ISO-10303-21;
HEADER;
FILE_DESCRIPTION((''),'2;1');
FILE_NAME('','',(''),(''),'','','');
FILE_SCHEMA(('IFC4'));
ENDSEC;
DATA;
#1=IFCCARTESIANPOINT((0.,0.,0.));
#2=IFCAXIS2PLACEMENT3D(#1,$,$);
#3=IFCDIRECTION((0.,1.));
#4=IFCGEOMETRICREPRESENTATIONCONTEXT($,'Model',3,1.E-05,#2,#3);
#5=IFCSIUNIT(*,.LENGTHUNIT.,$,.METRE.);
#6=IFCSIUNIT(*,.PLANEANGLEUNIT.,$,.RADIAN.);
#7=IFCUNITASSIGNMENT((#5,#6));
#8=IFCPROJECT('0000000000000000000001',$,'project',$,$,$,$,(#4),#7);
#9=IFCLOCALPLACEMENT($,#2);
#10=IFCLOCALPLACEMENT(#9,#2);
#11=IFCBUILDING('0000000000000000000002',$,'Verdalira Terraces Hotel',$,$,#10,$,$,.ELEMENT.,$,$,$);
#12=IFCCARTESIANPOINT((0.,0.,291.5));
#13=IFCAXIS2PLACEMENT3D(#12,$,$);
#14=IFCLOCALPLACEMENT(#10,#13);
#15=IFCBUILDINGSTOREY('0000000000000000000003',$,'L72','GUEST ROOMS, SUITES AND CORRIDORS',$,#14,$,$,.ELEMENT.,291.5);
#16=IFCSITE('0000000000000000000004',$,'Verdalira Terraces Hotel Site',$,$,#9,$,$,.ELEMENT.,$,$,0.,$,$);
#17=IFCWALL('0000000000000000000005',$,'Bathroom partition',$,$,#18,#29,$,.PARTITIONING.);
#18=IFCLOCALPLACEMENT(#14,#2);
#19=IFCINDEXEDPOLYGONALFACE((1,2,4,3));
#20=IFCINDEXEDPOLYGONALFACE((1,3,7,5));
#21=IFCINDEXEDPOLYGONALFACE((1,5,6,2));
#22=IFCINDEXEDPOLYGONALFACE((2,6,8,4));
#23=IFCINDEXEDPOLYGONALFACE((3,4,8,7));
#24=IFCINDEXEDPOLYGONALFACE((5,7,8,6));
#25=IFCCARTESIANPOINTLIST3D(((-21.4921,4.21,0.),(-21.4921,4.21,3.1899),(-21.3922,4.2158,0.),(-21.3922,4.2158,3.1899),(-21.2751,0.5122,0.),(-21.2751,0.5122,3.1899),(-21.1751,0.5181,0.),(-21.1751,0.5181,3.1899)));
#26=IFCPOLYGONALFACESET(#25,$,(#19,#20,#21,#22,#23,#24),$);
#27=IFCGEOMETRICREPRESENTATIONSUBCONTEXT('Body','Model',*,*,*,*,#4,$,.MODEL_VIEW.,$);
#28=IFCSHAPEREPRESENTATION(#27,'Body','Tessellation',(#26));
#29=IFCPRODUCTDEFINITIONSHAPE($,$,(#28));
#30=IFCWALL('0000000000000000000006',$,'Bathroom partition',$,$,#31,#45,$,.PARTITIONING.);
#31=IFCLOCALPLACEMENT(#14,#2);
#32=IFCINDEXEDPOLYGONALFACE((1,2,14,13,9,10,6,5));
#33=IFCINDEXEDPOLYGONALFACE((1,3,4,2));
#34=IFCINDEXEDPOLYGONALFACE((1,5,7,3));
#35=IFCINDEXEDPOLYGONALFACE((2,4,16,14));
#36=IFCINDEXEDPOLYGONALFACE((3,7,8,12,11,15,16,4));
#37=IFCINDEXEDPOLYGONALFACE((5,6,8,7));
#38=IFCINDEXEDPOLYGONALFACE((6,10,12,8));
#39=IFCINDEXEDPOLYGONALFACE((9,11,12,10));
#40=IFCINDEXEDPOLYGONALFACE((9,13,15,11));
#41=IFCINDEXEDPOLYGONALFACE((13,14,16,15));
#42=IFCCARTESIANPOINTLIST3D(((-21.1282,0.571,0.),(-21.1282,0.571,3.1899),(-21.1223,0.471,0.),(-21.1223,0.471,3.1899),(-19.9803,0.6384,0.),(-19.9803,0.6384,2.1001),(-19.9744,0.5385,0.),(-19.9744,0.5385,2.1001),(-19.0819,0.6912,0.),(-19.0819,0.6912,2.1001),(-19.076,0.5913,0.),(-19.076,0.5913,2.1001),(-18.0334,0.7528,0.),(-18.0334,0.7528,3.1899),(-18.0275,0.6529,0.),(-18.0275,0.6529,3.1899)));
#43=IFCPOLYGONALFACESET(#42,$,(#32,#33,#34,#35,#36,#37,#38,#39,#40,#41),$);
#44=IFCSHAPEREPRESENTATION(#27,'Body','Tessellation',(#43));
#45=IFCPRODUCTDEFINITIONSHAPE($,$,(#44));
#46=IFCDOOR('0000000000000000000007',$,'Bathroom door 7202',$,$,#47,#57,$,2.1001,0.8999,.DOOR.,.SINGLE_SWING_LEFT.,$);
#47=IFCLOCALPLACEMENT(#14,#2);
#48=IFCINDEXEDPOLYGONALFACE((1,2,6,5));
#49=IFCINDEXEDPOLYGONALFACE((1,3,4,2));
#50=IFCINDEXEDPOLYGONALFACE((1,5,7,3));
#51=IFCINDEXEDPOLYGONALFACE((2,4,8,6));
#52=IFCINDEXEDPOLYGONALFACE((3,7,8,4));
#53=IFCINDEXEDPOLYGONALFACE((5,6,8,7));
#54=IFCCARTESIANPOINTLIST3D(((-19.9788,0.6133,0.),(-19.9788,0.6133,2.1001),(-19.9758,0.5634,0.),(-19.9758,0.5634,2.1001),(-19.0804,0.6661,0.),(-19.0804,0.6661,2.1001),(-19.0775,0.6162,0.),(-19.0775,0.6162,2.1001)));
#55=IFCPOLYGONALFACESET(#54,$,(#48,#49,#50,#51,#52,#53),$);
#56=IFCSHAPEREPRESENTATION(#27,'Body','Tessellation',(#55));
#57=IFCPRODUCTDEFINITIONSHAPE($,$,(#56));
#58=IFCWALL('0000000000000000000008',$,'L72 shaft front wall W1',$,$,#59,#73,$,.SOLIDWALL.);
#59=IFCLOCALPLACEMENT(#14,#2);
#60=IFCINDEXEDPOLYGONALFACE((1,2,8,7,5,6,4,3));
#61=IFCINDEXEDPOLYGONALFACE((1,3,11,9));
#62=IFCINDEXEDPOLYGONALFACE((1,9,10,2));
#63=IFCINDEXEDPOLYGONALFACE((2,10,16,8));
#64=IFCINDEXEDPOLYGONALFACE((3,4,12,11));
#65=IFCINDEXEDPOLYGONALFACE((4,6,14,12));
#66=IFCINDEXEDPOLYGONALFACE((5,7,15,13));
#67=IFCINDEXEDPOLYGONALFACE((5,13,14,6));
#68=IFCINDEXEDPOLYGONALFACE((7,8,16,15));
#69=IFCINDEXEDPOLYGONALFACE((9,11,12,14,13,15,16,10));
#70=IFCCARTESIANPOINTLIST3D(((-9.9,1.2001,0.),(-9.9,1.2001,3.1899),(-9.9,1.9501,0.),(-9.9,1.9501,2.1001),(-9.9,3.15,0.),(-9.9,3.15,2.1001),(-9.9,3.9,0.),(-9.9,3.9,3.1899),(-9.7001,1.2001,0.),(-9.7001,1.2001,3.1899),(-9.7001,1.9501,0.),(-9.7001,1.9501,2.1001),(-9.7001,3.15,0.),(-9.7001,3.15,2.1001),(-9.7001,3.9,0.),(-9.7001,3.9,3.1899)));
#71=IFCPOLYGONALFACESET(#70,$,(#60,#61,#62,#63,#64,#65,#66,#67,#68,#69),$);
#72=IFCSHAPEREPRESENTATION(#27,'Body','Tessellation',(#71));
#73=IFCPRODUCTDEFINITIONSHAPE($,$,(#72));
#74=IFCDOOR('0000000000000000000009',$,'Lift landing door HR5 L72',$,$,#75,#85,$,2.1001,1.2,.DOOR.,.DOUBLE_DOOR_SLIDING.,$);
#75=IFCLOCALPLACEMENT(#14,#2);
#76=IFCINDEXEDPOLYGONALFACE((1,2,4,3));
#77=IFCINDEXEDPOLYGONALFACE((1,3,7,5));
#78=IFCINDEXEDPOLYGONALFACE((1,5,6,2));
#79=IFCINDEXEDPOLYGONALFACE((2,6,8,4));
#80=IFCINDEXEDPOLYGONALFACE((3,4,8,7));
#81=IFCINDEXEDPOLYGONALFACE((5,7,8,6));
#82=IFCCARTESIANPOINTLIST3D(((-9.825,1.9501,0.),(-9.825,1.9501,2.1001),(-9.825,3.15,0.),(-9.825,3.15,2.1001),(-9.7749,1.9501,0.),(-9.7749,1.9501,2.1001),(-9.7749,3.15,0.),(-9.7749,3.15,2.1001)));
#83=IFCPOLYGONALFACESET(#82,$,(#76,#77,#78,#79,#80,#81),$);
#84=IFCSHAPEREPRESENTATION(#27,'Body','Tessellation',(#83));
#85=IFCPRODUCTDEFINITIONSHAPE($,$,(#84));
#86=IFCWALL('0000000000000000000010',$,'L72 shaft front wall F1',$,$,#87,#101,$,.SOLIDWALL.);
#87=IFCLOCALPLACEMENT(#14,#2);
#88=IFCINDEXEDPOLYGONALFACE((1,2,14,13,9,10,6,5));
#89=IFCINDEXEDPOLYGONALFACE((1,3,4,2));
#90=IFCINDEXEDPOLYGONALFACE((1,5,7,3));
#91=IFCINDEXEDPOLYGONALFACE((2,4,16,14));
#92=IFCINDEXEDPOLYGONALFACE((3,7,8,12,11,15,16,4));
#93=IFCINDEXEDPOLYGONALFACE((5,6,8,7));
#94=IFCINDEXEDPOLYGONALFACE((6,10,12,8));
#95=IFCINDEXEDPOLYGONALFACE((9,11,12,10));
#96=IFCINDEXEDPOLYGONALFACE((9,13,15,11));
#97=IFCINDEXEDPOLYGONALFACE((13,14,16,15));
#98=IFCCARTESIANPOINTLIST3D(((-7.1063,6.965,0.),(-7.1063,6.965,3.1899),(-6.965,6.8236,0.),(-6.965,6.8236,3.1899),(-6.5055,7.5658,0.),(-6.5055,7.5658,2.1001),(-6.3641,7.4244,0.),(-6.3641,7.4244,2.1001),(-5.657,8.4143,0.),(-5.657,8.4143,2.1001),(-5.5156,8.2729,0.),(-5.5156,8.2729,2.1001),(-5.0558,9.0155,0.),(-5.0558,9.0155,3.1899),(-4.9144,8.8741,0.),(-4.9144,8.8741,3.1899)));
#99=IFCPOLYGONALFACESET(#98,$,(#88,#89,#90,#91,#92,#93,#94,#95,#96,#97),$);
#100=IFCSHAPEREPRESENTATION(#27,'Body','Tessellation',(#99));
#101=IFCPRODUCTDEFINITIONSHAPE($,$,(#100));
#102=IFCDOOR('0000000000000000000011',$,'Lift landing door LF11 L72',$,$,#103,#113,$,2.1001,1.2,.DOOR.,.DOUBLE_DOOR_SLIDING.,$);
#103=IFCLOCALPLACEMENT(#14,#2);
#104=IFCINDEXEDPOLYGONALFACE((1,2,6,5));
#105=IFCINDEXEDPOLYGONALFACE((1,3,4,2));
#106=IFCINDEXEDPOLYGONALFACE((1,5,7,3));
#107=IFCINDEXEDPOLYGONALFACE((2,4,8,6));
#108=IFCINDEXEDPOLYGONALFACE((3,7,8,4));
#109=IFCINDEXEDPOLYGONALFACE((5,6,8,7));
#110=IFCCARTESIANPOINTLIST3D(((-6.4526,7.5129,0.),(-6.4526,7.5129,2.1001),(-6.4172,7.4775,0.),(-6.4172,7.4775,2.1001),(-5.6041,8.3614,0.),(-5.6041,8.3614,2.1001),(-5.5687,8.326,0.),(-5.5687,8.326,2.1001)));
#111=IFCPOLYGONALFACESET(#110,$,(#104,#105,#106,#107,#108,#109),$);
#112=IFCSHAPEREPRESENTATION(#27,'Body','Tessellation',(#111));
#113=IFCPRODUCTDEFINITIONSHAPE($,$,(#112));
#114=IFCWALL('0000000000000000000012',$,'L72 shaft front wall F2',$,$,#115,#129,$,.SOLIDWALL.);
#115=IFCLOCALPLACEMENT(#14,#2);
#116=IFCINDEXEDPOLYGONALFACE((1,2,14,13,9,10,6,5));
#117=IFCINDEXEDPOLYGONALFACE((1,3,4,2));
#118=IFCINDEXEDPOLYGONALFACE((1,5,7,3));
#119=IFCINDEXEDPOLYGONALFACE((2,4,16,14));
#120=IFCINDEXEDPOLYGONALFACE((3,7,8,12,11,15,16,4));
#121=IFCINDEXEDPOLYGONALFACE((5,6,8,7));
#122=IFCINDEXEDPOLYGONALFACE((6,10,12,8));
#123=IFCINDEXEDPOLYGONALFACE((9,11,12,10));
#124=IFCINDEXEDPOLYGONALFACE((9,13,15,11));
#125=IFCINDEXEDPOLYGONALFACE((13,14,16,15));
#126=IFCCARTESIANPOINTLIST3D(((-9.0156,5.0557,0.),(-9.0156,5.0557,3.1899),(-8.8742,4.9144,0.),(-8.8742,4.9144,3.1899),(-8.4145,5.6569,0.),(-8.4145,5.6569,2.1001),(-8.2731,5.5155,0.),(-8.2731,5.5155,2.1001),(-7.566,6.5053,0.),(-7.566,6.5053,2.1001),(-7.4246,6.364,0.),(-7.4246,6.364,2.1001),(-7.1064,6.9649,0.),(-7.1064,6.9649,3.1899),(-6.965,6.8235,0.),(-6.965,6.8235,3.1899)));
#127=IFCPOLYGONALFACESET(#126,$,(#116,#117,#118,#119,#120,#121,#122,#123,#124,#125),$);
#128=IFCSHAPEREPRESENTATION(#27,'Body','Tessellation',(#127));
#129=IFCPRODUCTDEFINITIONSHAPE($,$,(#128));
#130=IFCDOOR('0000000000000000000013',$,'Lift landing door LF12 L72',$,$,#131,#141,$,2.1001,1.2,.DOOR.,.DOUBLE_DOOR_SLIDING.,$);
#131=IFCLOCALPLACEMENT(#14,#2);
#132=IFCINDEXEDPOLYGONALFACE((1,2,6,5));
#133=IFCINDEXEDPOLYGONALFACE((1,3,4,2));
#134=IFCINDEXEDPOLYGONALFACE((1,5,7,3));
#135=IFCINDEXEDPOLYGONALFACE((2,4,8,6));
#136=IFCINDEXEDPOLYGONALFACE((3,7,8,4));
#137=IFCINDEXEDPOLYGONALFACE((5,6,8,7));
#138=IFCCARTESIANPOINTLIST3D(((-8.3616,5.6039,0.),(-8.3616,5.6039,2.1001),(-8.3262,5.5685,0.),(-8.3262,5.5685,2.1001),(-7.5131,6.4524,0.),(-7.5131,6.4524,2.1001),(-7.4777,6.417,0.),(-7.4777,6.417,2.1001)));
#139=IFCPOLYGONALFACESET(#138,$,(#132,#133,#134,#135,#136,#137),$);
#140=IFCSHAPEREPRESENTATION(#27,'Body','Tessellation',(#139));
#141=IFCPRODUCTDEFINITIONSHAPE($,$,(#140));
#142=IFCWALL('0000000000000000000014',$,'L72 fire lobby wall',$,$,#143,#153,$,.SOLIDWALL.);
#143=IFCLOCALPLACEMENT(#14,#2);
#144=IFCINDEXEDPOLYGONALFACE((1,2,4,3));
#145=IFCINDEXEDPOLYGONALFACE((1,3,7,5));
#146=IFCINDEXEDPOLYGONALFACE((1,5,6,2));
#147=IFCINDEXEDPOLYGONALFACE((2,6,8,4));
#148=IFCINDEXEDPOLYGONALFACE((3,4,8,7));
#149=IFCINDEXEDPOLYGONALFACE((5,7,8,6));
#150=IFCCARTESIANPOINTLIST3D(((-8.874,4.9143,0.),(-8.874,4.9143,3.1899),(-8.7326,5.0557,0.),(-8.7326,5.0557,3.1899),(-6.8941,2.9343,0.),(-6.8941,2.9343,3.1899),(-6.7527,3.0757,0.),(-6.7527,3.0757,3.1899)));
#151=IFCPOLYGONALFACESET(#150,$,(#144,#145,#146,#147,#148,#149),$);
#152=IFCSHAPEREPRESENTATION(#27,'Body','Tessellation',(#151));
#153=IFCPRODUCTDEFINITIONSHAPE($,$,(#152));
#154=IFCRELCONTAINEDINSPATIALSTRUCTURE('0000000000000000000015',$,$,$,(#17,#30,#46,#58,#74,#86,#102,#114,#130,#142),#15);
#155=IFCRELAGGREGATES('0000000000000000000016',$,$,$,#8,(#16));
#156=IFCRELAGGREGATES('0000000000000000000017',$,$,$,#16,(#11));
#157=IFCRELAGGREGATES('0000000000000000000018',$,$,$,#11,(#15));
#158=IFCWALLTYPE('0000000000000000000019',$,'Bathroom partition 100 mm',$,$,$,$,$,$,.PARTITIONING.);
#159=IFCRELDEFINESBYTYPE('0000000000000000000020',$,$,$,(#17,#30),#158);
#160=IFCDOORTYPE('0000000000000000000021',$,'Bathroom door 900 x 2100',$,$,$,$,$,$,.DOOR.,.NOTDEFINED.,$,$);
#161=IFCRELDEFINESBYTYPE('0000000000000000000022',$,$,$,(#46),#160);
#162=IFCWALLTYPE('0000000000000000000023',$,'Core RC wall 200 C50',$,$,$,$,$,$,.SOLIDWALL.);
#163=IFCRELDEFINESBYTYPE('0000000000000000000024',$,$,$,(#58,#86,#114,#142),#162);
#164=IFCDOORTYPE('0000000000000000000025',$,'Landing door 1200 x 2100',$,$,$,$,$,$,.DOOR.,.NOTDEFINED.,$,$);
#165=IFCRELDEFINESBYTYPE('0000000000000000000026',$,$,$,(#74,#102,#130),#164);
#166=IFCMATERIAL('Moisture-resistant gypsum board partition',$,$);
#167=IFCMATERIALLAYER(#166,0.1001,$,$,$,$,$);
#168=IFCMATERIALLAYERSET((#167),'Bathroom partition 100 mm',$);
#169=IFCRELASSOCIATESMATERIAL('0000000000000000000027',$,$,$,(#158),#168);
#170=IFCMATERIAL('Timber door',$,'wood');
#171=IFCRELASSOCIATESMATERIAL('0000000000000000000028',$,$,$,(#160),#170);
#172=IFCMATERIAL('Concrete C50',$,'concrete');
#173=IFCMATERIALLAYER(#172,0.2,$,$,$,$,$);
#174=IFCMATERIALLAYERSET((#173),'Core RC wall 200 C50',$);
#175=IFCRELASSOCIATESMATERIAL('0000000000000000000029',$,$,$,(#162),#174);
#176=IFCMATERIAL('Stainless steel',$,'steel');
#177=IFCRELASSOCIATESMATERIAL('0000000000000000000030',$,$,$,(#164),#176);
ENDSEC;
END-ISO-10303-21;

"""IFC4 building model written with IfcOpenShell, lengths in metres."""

from ifc_helpers import new_model, si_unit, direction, frame, frame_2d, origin, place, context, subcontext, project, spatial, rectangle, extrude, material, layer, layer_set, type_object, element, fill, save


model = new_model("IFC4")

# Units and contexts
model_context = context("Model", 3, precision=1e-05, world=origin(), true_north=direction((0.0, 1.0)))
body_context = subcontext(model_context, "Body", "Model", "MODEL_VIEW")
ifc_project = project(units=[si_unit("LENGTHUNIT", "METRE"), si_unit("PLANEANGLEUNIT", "RADIAN")], contexts=[model_context])

# Site, building, storey
site_placement = place(None, origin())
site = spatial("IfcSite", under=ifc_project, at=site_placement, Name="Verdalira Terraces Hotel Site", CompositionType="ELEMENT", RefElevation=0.0)
building_placement = place(site_placement, origin())
building = spatial("IfcBuilding", under=site, at=building_placement, Name="Verdalira Terraces Hotel", CompositionType="ELEMENT")
storey_placement = place(building_placement, frame((0.0, 0.0, 291.5)))
storey = spatial("IfcBuildingStorey", under=building, at=storey_placement, Name="L72", Description="GUEST ROOMS, SUITES AND CORRIDORS", CompositionType="ELEMENT", Elevation=291.5)

# Wall
ifc_material_1 = material(Name="Moisture-resistant gypsum board partition")
ifc_layer_1 = layer(ifc_material_1, 0.1001)
ifc_layer_set_1 = layer_set([ifc_layer_1], Name="Bathroom partition 100 mm")
wall_type_1 = type_object("IfcWallType", Name="Bathroom partition 100 mm", PredefinedType="PARTITIONING", material=ifc_layer_set_1)
wall_1_placement = place(storey_placement, frame((-21.4421, 4.2129, 0.0), z_axis=(0.0, 0.0, 1.0), x_axis=(0.058595, -0.998282, 0.0)))
element("IfcWall", 1, at=wall_1_placement, inside=storey, type_object=wall_type_1, Name="Bathroom partition", PredefinedType="PARTITIONING", context=body_context, shape_type="SweptSolid", body=[
    extrude(rectangle(XDim=3.7041, YDim=0.1001, at=frame_2d((1.8521, 0.0))), origin(), (0.0, 0.0, 1.0), 3.1899),
])

# Walls, openings, doors
wall_2_placement = place(storey_placement, frame((-21.1252, 0.521, 0.0), z_axis=(0.0, 0.0, 1.0), x_axis=(0.998277, 0.058671, 0.0)))
wall_2 = element("IfcWall", 2, at=wall_2_placement, inside=storey, type_object=wall_type_1, Name="Bathroom partition", PredefinedType="PARTITIONING", context=body_context, shape_type="SweptSolid", body=[
    extrude(rectangle(XDim=3.1001, YDim=0.1001, at=frame_2d((1.55, 0.0))), origin(), (0.0, 0.0, 1.0), 3.1899),
])
opening_1_placement = place(wall_2_placement, frame((1.1499, 0.0, 0.0)))
opening_1 = element("IfcOpeningElement", 3, at=opening_1_placement, cuts=wall_2, PredefinedType="OPENING", context=body_context, shape_type="SweptSolid", body=[
    extrude(rectangle(XDim=0.8999, YDim=2.1001, at=frame_2d((0.45, 1.05))), frame((0.0, 0.0601, 0.0), z_axis=(0.0, -1.0, 0.0), x_axis=(1.0, 0.0, 0.0)), (0.0, 0.0, 1.0), 0.1201),
])
ifc_material_2 = material(Name="Timber door", Category="wood")
door_type_1 = type_object("IfcDoorType", Name="Bathroom door 900 x 2100", OperationType="NOTDEFINED", PredefinedType="DOOR", material=ifc_material_2)
door_1_placement = place(opening_1_placement, origin())
door_1 = element("IfcDoor", 4, at=door_1_placement, inside=storey, type_object=door_type_1, Name="Bathroom door 7202", OperationType="SINGLE_SWING_LEFT", OverallHeight=2.1001, OverallWidth=0.8999, PredefinedType="DOOR", context=body_context, shape_type="SweptSolid", body=[
    extrude(rectangle(XDim=0.8999, YDim=2.1001, at=frame_2d((0.45, 1.05))), frame((0.0, 0.0249, 0.0), z_axis=(0.0, -1.0, 0.0), x_axis=(1.0, 0.0, 0.0)), (0.0, 0.0, 1.0), 0.05),
])
fill(opening_1, door_1)
ifc_material_3 = material(Name="Concrete C50", Category="concrete")
ifc_layer_2 = layer(ifc_material_3, 0.2)
ifc_layer_set_2 = layer_set([ifc_layer_2], Name="Core RC wall 200 C50")
wall_type_2 = type_object("IfcWallType", Name="Core RC wall 200 C50", PredefinedType="SOLIDWALL", material=ifc_layer_set_2)
wall_3_placement = place(storey_placement, frame((-9.8, 1.2, 0.0), z_axis=(0.0, 0.0, 1.0), x_axis=(0.0, 1.0, 0.0)))
wall_3 = element("IfcWall", 5, at=wall_3_placement, inside=storey, type_object=wall_type_2, Name="L72 shaft front wall W1", PredefinedType="SOLIDWALL", context=body_context, shape_type="SweptSolid", body=[
    extrude(rectangle(XDim=2.7, YDim=0.2, at=frame_2d((1.3501, 0.0))), origin(), (0.0, 0.0, 1.0), 3.1899),
])
opening_2_placement = place(wall_3_placement, frame((0.75, 0.0, 0.0)))
opening_2 = element("IfcOpeningElement", 6, at=opening_2_placement, cuts=wall_3, PredefinedType="OPENING", context=body_context, shape_type="SweptSolid", body=[
    extrude(rectangle(XDim=1.2, YDim=2.1001, at=frame_2d((0.6001, 1.05))), frame((0.0, 0.1099, 0.0), z_axis=(0.0, -1.0, 0.0), x_axis=(1.0, 0.0, 0.0)), (0.0, 0.0, 1.0), 0.22),
])
ifc_material_4 = material(Name="Stainless steel", Category="steel")
door_type_2 = type_object("IfcDoorType", Name="Landing door 1200 x 2100", OperationType="NOTDEFINED", PredefinedType="DOOR", material=ifc_material_4)
door_2_placement = place(opening_2_placement, origin())
door_2 = element("IfcDoor", 7, at=door_2_placement, inside=storey, type_object=door_type_2, Name="Lift landing door HR5 L72", OperationType="DOUBLE_DOOR_SLIDING", OverallHeight=2.1001, OverallWidth=1.2, PredefinedType="DOOR", context=body_context, shape_type="SweptSolid", body=[
    extrude(rectangle(XDim=1.2, YDim=2.1001, at=frame_2d((0.6001, 1.05))), frame((0.0, 0.0249, 0.0), z_axis=(0.0, -1.0, 0.0), x_axis=(1.0, 0.0, 0.0)), (0.0, 0.0, 1.0), 0.05),
])
fill(opening_2, door_2)
wall_4_placement = place(storey_placement, frame((-4.9851, 8.9448, 0.0), z_axis=(0.0, 0.0, 1.0), x_axis=(-0.707107, -0.707107, 0.0)))
wall_4 = element("IfcWall", 8, at=wall_4_placement, inside=storey, type_object=wall_type_2, Name="L72 shaft front wall F1", PredefinedType="SOLIDWALL", context=body_context, shape_type="SweptSolid", body=[
    extrude(rectangle(XDim=2.8999, YDim=0.2, at=frame_2d((1.45, 0.0))), origin(), (0.0, 0.0, 1.0), 3.1899),
])
opening_3_placement = place(wall_4_placement, frame((0.8501, 0.0, 0.0)))
opening_3 = element("IfcOpeningElement", 9, at=opening_3_placement, cuts=wall_4, PredefinedType="OPENING", context=body_context, shape_type="SweptSolid", body=[
    extrude(rectangle(XDim=1.2, YDim=2.1001, at=frame_2d((0.6001, 1.05))), frame((0.0, 0.1099, 0.0), z_axis=(0.0, -1.0, 0.0), x_axis=(1.0, 0.0, 0.0)), (0.0, 0.0, 1.0), 0.22),
])
door_3_placement = place(opening_3_placement, origin())
door_3 = element("IfcDoor", 10, at=door_3_placement, inside=storey, type_object=door_type_2, Name="Lift landing door LF11 L72", OperationType="DOUBLE_DOOR_SLIDING", OverallHeight=2.1001, OverallWidth=1.2, PredefinedType="DOOR", context=body_context, shape_type="SweptSolid", body=[
    extrude(rectangle(XDim=1.2, YDim=2.1001, at=frame_2d((0.6001, 1.05))), frame((0.0, 0.0249, 0.0), z_axis=(0.0, -1.0, 0.0), x_axis=(1.0, 0.0, 0.0)), (0.0, 0.0, 1.0), 0.05),
])
fill(opening_3, door_3)
wall_5_placement = place(storey_placement, frame((-7.0356, 6.8943, 0.0), z_axis=(0.0, 0.0, 1.0), x_axis=(-0.707107, -0.707107, 0.0)))
wall_5 = element("IfcWall", 11, at=wall_5_placement, inside=storey, type_object=wall_type_2, Name="L72 shaft front wall F2", PredefinedType="SOLIDWALL", context=body_context, shape_type="SweptSolid", body=[
    extrude(rectangle(XDim=2.7, YDim=0.2, at=frame_2d((1.3501, 0.0))), origin(), (0.0, 0.0, 1.0), 3.1899),
])
opening_4_placement = place(wall_5_placement, frame((0.6499, 0.0, 0.0)))
opening_4 = element("IfcOpeningElement", 12, at=opening_4_placement, cuts=wall_5, PredefinedType="OPENING", context=body_context, shape_type="SweptSolid", body=[
    extrude(rectangle(XDim=1.2, YDim=2.1001, at=frame_2d((0.6001, 1.05))), frame((0.0, 0.1099, 0.0), z_axis=(0.0, -1.0, 0.0), x_axis=(1.0, 0.0, 0.0)), (0.0, 0.0, 1.0), 0.22),
])
door_4_placement = place(opening_4_placement, origin())
door_4 = element("IfcDoor", 13, at=door_4_placement, inside=storey, type_object=door_type_2, Name="Lift landing door LF12 L72", OperationType="DOUBLE_DOOR_SLIDING", OverallHeight=2.1001, OverallWidth=1.2, PredefinedType="DOOR", context=body_context, shape_type="SweptSolid", body=[
    extrude(rectangle(XDim=1.2, YDim=2.1001, at=frame_2d((0.6001, 1.05))), frame((0.0, 0.0249, 0.0), z_axis=(0.0, -1.0, 0.0), x_axis=(1.0, 0.0, 0.0)), (0.0, 0.0, 1.0), 0.05),
])
fill(opening_4, door_4)

# Wall
wall_6_placement = place(storey_placement, frame((-6.8235, 3.0051, 0.0), z_axis=(0.0, 0.0, 1.0), x_axis=(-0.707107, 0.707107, 0.0)))
element("IfcWall", 14, at=wall_6_placement, inside=storey, type_object=wall_type_2, Name="L72 fire lobby wall", PredefinedType="SOLIDWALL", context=body_context, shape_type="SweptSolid", body=[
    extrude(rectangle(XDim=2.8, YDim=0.2, at=frame_2d((1.3999, 0.0))), origin(), (0.0, 0.0, 1.0), 3.1899),
])

save(model, "model.ifc")
